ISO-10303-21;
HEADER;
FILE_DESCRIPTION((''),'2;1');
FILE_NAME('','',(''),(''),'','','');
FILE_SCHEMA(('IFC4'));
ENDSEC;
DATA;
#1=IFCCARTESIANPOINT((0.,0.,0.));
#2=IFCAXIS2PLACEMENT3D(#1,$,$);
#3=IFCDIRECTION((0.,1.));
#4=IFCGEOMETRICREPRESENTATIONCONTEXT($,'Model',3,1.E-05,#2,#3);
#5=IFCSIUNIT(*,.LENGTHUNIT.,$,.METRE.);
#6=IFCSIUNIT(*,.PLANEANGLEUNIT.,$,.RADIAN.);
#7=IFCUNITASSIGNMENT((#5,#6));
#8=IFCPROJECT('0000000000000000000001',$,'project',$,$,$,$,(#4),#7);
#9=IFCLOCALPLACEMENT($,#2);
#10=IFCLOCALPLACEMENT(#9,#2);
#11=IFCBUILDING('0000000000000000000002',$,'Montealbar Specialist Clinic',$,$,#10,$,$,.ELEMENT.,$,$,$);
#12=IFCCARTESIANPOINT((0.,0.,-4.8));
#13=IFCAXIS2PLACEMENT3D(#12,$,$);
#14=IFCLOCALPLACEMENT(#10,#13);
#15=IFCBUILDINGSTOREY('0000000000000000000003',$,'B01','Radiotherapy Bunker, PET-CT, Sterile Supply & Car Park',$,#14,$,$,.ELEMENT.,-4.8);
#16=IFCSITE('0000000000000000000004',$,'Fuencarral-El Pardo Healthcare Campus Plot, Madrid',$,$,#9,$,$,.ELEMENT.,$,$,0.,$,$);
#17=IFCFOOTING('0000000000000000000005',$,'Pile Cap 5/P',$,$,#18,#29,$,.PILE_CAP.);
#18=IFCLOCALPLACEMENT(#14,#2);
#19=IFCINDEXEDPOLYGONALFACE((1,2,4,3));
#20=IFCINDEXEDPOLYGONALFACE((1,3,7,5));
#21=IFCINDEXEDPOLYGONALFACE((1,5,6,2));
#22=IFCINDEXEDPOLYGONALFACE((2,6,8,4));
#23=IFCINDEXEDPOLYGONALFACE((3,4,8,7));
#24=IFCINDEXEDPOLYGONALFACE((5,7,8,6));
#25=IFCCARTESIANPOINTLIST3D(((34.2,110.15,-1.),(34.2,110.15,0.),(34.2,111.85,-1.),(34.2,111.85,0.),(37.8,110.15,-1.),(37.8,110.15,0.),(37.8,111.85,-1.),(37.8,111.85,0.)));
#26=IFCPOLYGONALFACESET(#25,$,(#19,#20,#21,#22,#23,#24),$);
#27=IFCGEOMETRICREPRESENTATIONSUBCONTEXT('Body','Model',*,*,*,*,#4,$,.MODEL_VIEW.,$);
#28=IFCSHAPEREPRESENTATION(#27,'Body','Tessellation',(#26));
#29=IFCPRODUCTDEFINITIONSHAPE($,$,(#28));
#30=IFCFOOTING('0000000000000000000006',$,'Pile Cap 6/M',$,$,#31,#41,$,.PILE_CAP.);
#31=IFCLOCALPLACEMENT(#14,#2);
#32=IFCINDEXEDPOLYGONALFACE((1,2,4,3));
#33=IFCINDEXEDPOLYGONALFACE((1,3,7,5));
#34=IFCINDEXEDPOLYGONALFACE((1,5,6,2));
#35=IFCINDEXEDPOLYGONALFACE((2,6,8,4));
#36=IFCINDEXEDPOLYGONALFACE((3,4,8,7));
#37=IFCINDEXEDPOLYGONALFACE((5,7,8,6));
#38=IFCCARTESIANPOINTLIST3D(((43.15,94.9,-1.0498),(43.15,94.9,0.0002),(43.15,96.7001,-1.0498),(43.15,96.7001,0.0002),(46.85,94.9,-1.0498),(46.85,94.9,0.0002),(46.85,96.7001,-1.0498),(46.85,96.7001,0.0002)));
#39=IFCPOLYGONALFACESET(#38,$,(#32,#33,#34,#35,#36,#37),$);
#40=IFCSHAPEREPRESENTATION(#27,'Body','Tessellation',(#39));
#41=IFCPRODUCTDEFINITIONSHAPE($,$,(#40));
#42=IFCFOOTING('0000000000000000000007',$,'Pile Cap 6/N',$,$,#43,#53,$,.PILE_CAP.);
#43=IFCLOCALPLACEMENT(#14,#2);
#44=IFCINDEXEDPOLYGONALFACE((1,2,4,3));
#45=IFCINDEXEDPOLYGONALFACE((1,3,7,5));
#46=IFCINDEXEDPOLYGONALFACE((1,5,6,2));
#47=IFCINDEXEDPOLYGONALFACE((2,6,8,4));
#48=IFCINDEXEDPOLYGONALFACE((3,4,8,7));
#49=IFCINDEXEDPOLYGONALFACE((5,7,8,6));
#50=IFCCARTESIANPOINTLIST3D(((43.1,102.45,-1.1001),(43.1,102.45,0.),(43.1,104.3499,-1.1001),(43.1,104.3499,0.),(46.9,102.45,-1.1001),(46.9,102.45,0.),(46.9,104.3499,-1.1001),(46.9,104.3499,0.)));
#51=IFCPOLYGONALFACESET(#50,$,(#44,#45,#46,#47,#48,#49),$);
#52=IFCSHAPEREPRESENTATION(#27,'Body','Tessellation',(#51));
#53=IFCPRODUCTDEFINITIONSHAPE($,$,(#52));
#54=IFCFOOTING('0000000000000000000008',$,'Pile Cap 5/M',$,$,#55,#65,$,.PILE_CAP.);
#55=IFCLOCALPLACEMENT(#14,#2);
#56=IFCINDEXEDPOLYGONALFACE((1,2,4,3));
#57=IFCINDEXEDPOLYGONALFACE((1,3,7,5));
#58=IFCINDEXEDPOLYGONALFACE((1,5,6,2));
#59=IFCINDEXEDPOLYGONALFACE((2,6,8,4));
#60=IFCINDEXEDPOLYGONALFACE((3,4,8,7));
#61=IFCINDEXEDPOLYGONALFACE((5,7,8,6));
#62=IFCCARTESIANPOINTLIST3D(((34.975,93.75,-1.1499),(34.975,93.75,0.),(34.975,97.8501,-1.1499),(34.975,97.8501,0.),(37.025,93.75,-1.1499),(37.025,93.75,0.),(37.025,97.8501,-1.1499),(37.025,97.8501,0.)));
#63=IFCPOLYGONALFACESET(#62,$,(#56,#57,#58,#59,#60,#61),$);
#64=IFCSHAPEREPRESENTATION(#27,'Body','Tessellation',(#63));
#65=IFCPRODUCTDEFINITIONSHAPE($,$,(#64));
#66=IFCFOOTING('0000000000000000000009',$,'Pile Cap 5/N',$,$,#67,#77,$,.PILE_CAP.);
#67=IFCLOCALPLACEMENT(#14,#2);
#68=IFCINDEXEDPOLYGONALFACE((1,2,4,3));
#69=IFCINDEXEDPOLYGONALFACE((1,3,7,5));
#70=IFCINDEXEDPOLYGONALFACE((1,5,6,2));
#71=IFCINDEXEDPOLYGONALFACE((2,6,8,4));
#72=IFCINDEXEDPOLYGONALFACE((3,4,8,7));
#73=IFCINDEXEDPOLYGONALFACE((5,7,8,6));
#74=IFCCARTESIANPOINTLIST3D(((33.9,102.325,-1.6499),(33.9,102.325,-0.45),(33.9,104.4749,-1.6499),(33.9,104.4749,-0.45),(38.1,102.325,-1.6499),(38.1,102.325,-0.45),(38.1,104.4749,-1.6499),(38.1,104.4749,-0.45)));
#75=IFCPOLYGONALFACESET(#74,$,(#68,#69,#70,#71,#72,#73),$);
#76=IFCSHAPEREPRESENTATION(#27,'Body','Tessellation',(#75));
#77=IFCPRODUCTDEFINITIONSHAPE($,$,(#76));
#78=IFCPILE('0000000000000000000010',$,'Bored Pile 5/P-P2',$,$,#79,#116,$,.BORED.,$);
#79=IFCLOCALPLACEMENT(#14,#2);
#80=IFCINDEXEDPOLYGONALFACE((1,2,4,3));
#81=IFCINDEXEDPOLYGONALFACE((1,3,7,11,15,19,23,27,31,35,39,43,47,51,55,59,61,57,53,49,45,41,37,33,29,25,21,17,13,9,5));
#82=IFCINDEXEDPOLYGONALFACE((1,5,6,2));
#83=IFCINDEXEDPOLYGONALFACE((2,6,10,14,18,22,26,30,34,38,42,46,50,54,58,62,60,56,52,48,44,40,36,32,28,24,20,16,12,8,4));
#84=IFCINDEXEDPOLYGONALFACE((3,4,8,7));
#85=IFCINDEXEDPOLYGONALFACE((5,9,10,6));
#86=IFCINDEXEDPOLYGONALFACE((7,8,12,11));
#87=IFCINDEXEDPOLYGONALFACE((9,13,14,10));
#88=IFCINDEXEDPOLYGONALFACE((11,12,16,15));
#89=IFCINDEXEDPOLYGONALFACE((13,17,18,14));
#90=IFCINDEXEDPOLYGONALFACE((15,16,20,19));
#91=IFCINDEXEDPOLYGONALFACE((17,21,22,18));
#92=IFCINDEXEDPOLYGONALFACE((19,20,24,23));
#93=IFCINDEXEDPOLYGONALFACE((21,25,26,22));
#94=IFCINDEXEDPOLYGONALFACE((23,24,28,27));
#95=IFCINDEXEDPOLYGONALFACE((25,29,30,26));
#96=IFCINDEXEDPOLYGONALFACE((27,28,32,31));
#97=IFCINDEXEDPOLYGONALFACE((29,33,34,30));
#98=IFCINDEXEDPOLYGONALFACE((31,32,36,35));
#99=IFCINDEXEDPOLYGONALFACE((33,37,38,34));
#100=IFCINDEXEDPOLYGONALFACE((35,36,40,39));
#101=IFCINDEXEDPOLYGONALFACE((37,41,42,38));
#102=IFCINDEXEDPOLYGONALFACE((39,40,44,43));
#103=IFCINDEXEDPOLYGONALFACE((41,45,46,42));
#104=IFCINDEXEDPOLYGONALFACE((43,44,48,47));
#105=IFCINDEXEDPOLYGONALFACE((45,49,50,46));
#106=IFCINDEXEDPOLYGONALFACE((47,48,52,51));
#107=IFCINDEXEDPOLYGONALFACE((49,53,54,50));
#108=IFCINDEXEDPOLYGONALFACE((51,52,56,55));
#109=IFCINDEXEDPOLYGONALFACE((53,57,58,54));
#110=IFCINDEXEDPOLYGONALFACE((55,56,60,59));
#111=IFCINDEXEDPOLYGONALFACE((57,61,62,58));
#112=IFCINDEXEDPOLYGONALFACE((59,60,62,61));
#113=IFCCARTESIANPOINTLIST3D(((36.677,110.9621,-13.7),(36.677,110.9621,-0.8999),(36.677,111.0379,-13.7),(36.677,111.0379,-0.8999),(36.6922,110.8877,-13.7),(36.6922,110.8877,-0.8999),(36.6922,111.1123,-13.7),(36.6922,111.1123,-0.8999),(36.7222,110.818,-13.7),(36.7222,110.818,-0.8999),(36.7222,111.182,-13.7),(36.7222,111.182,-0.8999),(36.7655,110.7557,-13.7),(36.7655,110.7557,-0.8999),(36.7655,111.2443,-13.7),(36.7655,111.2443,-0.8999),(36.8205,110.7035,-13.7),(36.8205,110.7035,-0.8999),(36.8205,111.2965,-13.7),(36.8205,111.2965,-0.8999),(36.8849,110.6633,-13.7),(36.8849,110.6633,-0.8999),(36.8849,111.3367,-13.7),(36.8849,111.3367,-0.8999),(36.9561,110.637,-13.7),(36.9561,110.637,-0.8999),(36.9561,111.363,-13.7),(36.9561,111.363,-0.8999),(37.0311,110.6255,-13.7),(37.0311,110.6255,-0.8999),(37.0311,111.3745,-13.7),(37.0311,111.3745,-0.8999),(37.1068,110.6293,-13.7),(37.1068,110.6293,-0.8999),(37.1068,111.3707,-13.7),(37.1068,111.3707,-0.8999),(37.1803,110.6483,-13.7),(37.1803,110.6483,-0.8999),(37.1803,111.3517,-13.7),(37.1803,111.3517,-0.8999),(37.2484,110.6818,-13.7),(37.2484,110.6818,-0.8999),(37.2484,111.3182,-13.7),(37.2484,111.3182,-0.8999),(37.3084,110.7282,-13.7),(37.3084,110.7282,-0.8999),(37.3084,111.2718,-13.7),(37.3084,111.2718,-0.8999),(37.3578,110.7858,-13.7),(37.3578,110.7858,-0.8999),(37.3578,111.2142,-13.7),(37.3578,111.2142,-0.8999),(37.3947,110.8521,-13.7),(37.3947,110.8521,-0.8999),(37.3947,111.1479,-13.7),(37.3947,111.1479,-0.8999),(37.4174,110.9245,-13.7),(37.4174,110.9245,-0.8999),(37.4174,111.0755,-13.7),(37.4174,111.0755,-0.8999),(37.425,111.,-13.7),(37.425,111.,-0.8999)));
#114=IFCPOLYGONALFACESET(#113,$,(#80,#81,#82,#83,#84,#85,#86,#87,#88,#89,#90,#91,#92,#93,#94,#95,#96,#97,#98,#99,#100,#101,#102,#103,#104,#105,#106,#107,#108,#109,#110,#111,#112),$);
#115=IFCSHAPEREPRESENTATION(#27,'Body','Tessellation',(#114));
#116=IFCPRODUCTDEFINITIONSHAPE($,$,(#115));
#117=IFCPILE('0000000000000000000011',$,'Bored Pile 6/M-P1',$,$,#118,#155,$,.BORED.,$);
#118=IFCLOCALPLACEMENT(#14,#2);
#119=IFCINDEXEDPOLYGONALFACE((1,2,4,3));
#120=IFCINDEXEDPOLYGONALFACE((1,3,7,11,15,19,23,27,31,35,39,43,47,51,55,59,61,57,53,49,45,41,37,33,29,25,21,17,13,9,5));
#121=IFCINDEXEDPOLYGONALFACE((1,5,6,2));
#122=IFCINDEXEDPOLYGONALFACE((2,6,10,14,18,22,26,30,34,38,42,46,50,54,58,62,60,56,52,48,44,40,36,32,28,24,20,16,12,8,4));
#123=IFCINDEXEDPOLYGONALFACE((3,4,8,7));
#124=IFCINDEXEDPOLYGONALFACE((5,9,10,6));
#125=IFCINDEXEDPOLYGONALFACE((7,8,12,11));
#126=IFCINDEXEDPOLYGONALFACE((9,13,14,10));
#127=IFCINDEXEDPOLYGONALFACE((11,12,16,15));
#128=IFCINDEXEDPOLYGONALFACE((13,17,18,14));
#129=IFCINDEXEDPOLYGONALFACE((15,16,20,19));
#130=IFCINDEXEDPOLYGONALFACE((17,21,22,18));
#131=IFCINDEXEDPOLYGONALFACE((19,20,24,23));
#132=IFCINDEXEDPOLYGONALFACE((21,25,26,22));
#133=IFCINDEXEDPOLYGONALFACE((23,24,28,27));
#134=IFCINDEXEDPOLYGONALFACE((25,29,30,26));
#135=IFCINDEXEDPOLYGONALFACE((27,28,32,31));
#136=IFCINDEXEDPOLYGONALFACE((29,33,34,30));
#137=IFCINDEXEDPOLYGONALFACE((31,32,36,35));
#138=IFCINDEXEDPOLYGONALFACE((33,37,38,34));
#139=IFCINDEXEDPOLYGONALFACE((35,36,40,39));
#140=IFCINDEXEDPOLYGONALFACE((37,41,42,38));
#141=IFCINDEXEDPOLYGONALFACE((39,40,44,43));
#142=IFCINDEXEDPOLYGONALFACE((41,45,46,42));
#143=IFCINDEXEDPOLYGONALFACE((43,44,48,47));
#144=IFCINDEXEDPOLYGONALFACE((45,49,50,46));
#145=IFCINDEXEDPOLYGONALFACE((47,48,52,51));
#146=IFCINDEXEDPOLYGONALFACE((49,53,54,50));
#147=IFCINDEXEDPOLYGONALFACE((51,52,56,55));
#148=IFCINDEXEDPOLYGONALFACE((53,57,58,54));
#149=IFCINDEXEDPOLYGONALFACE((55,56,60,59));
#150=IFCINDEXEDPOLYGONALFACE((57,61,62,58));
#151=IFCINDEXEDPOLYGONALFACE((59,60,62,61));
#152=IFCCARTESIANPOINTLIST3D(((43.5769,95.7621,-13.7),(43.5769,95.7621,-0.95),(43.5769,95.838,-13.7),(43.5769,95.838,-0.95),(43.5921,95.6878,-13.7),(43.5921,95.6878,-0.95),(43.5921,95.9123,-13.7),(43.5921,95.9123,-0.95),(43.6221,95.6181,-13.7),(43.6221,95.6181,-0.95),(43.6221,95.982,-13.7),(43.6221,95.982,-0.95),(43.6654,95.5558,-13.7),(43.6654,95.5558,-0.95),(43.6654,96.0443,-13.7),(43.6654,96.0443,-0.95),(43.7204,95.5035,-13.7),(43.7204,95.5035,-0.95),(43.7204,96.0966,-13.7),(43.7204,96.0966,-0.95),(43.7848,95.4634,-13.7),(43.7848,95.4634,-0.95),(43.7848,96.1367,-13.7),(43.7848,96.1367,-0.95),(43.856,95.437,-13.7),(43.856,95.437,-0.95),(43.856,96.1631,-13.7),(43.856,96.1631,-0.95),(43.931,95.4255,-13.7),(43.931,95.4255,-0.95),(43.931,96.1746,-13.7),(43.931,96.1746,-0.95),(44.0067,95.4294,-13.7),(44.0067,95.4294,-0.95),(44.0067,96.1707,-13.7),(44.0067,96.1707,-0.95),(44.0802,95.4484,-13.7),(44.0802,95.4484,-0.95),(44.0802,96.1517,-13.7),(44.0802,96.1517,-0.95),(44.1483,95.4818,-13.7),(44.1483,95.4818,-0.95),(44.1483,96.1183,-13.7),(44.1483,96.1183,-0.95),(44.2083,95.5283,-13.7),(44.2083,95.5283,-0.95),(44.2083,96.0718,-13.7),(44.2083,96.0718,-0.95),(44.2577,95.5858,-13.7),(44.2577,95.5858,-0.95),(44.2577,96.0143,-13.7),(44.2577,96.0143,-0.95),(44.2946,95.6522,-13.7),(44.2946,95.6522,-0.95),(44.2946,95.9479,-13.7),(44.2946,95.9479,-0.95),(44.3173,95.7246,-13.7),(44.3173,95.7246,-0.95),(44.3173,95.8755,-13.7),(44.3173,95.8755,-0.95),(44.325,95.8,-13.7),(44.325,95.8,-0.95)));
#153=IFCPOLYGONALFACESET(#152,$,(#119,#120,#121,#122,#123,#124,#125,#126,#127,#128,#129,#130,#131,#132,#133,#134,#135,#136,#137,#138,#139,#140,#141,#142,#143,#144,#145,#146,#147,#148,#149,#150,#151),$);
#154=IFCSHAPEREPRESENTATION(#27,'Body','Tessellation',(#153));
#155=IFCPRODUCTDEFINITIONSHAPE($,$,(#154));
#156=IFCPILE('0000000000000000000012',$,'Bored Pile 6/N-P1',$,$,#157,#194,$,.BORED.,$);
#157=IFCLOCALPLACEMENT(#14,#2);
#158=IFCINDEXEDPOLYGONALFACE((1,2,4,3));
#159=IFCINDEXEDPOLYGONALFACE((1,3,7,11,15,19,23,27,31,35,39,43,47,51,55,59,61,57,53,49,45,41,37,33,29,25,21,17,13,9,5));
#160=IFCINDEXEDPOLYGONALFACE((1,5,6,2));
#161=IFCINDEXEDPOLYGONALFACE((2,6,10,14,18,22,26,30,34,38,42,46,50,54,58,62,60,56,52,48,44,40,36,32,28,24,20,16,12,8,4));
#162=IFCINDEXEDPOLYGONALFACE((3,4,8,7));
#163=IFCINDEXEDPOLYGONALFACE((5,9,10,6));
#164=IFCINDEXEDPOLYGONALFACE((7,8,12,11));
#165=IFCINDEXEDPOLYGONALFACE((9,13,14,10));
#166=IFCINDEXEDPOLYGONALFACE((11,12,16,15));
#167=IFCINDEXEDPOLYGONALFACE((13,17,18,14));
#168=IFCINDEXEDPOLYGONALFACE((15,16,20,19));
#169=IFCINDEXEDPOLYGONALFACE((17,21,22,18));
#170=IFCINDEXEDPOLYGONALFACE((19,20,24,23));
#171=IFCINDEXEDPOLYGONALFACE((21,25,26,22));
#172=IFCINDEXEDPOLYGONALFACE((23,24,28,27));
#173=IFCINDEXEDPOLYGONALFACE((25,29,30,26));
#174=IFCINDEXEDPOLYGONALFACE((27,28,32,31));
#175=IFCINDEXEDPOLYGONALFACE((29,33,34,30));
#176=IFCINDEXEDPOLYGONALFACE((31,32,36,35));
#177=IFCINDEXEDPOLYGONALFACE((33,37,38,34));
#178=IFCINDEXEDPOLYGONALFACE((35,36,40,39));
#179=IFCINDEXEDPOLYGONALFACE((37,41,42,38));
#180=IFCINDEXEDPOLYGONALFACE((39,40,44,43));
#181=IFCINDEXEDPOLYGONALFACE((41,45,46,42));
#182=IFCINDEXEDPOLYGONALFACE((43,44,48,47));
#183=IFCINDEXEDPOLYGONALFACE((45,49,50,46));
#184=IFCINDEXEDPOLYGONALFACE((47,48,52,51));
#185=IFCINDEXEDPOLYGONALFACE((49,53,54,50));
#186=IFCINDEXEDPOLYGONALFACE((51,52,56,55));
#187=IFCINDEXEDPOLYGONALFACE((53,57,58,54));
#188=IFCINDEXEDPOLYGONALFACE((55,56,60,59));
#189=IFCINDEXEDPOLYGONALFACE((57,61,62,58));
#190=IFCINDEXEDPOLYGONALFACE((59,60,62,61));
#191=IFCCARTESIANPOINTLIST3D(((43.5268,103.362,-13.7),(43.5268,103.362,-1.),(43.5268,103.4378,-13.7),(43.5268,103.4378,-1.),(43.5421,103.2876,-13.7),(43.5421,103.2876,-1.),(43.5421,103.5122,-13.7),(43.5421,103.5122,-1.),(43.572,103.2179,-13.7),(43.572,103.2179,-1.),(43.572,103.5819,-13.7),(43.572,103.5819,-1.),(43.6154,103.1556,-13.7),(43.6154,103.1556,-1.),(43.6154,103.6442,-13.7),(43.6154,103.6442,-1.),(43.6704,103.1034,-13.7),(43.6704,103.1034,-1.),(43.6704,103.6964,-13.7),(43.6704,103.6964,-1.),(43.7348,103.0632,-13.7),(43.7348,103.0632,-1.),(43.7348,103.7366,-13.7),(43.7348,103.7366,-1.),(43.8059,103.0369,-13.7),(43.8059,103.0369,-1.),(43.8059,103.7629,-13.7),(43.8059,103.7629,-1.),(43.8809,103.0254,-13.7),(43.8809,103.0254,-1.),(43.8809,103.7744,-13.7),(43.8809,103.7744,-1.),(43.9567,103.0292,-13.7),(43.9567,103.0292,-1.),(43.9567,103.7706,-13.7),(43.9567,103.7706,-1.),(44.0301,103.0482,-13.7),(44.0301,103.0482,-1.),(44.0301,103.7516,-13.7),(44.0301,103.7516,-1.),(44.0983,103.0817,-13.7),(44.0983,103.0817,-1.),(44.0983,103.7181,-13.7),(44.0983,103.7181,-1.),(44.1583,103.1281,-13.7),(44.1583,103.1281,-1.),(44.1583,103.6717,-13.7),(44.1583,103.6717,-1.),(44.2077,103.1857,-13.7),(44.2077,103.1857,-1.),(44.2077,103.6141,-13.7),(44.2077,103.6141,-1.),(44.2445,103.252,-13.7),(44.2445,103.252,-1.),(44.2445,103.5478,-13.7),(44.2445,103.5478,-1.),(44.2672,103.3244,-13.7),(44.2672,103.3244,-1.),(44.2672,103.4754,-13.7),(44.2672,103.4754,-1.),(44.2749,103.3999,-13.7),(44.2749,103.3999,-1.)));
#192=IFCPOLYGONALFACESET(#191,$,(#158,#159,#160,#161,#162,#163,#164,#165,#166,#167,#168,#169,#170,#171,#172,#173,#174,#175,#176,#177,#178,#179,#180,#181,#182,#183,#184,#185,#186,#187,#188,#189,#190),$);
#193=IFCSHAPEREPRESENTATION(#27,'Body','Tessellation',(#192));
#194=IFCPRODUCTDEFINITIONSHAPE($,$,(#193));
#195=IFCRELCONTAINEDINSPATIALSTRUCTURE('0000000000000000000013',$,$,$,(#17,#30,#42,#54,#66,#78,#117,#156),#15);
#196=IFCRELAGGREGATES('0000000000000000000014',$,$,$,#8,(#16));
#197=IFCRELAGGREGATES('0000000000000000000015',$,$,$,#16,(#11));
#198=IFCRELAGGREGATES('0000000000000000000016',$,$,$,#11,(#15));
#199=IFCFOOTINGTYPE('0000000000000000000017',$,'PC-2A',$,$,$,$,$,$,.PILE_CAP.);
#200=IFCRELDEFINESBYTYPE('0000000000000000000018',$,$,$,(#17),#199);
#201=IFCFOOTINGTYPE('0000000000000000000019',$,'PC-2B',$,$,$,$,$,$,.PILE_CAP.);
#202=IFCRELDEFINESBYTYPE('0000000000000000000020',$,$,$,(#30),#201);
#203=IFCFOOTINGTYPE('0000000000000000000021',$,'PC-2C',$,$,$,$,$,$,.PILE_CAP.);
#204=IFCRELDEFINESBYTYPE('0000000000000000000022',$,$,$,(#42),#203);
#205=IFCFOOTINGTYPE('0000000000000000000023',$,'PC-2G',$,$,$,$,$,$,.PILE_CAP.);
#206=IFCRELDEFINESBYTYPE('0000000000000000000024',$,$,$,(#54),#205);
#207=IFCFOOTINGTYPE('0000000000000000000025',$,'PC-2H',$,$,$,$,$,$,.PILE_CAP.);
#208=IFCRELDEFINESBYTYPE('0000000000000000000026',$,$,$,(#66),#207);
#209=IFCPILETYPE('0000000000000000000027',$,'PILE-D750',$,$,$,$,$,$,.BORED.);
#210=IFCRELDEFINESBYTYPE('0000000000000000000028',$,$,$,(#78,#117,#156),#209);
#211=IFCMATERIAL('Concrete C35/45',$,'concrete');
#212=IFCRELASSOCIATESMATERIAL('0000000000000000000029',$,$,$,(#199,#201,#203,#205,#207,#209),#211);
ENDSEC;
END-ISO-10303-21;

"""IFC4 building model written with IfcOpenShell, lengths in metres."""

from ifc_helpers import new_model, si_unit, direction, frame, origin, origin_2d, place, context, subcontext, project, spatial, rectangle, circle, extrude, material, material_profile, profile_set, type_object, element, save


model = new_model("IFC4")

# Units and contexts
model_context = context("Model", 3, precision=1e-05, world=origin(), true_north=direction((0.0, 1.0)))
body_context = subcontext(model_context, "Body", "Model", "MODEL_VIEW")
ifc_project = project(units=[si_unit("LENGTHUNIT", "METRE"), si_unit("PLANEANGLEUNIT", "RADIAN")], contexts=[model_context])

# Site, building, storey
site_placement = place(None, origin())
site = spatial("IfcSite", under=ifc_project, at=site_placement, Name="Fuencarral-El Pardo Healthcare Campus Plot, Madrid", CompositionType="ELEMENT", RefElevation=0.0)
building_placement = place(site_placement, origin())
building = spatial("IfcBuilding", under=site, at=building_placement, Name="Montealbar Specialist Clinic", CompositionType="ELEMENT")
storey_placement = place(building_placement, frame((0.0, 0.0, -4.8)))
storey = spatial("IfcBuildingStorey", under=building, at=storey_placement, Name="B01", Description="Radiotherapy Bunker, PET-CT, Sterile Supply & Car Park", CompositionType="ELEMENT", Elevation=-4.8)

# Footings
ifc_material_1 = material(Name="Concrete C35/45", Category="concrete")
footing_type_1 = type_object("IfcFootingType", Name="PC-2A", PredefinedType="PILE_CAP", material=ifc_material_1)
footing_1_placement = place(storey_placement, frame((36.0, 111.0, -1.0), z_axis=(0.0, 0.0, 1.0), x_axis=(1.0, 0.0, 0.0)))
element("IfcFooting", 1, at=footing_1_placement, inside=storey, type_object=footing_type_1, Name="Pile Cap 5/P", PredefinedType="PILE_CAP", context=body_context, shape_type="SweptSolid", body=[
    extrude(rectangle(XDim=3.6001, YDim=1.7, at=origin_2d()), origin(), (0.0, 0.0, 1.0), 1.0),
])
footing_type_2 = type_object("IfcFootingType", Name="PC-2B", PredefinedType="PILE_CAP", material=ifc_material_1)
footing_2_placement = place(storey_placement, frame((45.0, 95.8, -1.0498), z_axis=(0.0, 0.0, 1.0), x_axis=(1.0, 0.0, 0.0)))
element("IfcFooting", 2, at=footing_2_placement, inside=storey, type_object=footing_type_2, Name="Pile Cap 6/M", PredefinedType="PILE_CAP", context=body_context, shape_type="SweptSolid", body=[
    extrude(rectangle(XDim=3.7, YDim=1.8, at=origin_2d()), origin(), (0.0, 0.0, 1.0), 1.05),
])
footing_type_3 = type_object("IfcFootingType", Name="PC-2C", PredefinedType="PILE_CAP", material=ifc_material_1)
footing_3_placement = place(storey_placement, frame((45.0, 103.3999, -1.1001), z_axis=(0.0, 0.0, 1.0), x_axis=(1.0, 0.0, 0.0)))
element("IfcFooting", 3, at=footing_3_placement, inside=storey, type_object=footing_type_3, Name="Pile Cap 6/N", PredefinedType="PILE_CAP", context=body_context, shape_type="SweptSolid", body=[
    extrude(rectangle(XDim=3.8, YDim=1.8999, at=origin_2d()), origin(), (0.0, 0.0, 1.0), 1.1001),
])
footing_type_4 = type_object("IfcFootingType", Name="PC-2G", PredefinedType="PILE_CAP", material=ifc_material_1)
footing_4_placement = place(storey_placement, frame((36.0, 95.8, -1.1499), z_axis=(0.0, 0.0, 1.0), x_axis=(1.0, 0.0, 0.0)))
element("IfcFooting", 4, at=footing_4_placement, inside=storey, type_object=footing_type_4, Name="Pile Cap 5/M", PredefinedType="PILE_CAP", context=body_context, shape_type="SweptSolid", body=[
    extrude(rectangle(XDim=2.05, YDim=4.1001, at=origin_2d()), origin(), (0.0, 0.0, 1.0), 1.1499),
])
footing_type_5 = type_object("IfcFootingType", Name="PC-2H", PredefinedType="PILE_CAP", material=ifc_material_1)
footing_5_placement = place(storey_placement, frame((36.0, 103.3999, -1.6499), z_axis=(0.0, 0.0, 1.0), x_axis=(1.0, 0.0, 0.0)))
element("IfcFooting", 5, at=footing_5_placement, inside=storey, type_object=footing_type_5, Name="Pile Cap 5/N", PredefinedType="PILE_CAP", context=body_context, shape_type="SweptSolid", body=[
    extrude(rectangle(XDim=4.2, YDim=2.1499, at=origin_2d()), origin(), (0.0, 0.0, 1.0), 1.2),
])

# Piles
ifc_material_profile_1 = material_profile(ifc_material_1, circle(Radius=0.375, at=origin_2d()), Name="PILE D750", Category="concrete")
ifc_profile_set_1 = profile_set([ifc_material_profile_1], Name="Concrete C35/45")
pile_type_1 = type_object("IfcPileType", Name="PILE-D750", PredefinedType="BORED", material=ifc_profile_set_1)
pile_1_placement = place(storey_placement, frame((37.05, 111.0, -0.8999), z_axis=(0.0, 0.0, -1.0), x_axis=(1.0, 0.0, 0.0)))
element("IfcPile", 6, at=pile_1_placement, inside=storey, type_object=pile_type_1, Name="Bored Pile 5/P-P2", PredefinedType="BORED", context=body_context, shape_type="SweptSolid", body=[
    extrude(circle(Radius=0.375, at=origin_2d()), origin(), (0.0, 0.0, 1.0), 12.8),
])
pile_2_placement = place(storey_placement, frame((43.95, 95.8, -0.95), z_axis=(0.0, 0.0, -1.0), x_axis=(1.0, 0.0, 0.0)))
element("IfcPile", 7, at=pile_2_placement, inside=storey, type_object=pile_type_1, Name="Bored Pile 6/M-P1", PredefinedType="BORED", context=body_context, shape_type="SweptSolid", body=[
    extrude(circle(Radius=0.375, at=origin_2d()), origin(), (0.0, 0.0, 1.0), 12.75),
])
pile_3_placement = place(storey_placement, frame((43.8999, 103.3999, -1.0), z_axis=(0.0, 0.0, -1.0), x_axis=(1.0, 0.0, 0.0)))
element("IfcPile", 8, at=pile_3_placement, inside=storey, type_object=pile_type_1, Name="Bored Pile 6/N-P1", PredefinedType="BORED", context=body_context, shape_type="SweptSolid", body=[
    extrude(circle(Radius=0.375, at=origin_2d()), origin(), (0.0, 0.0, 1.0), 12.7),
])

save(model, "model.ifc")
